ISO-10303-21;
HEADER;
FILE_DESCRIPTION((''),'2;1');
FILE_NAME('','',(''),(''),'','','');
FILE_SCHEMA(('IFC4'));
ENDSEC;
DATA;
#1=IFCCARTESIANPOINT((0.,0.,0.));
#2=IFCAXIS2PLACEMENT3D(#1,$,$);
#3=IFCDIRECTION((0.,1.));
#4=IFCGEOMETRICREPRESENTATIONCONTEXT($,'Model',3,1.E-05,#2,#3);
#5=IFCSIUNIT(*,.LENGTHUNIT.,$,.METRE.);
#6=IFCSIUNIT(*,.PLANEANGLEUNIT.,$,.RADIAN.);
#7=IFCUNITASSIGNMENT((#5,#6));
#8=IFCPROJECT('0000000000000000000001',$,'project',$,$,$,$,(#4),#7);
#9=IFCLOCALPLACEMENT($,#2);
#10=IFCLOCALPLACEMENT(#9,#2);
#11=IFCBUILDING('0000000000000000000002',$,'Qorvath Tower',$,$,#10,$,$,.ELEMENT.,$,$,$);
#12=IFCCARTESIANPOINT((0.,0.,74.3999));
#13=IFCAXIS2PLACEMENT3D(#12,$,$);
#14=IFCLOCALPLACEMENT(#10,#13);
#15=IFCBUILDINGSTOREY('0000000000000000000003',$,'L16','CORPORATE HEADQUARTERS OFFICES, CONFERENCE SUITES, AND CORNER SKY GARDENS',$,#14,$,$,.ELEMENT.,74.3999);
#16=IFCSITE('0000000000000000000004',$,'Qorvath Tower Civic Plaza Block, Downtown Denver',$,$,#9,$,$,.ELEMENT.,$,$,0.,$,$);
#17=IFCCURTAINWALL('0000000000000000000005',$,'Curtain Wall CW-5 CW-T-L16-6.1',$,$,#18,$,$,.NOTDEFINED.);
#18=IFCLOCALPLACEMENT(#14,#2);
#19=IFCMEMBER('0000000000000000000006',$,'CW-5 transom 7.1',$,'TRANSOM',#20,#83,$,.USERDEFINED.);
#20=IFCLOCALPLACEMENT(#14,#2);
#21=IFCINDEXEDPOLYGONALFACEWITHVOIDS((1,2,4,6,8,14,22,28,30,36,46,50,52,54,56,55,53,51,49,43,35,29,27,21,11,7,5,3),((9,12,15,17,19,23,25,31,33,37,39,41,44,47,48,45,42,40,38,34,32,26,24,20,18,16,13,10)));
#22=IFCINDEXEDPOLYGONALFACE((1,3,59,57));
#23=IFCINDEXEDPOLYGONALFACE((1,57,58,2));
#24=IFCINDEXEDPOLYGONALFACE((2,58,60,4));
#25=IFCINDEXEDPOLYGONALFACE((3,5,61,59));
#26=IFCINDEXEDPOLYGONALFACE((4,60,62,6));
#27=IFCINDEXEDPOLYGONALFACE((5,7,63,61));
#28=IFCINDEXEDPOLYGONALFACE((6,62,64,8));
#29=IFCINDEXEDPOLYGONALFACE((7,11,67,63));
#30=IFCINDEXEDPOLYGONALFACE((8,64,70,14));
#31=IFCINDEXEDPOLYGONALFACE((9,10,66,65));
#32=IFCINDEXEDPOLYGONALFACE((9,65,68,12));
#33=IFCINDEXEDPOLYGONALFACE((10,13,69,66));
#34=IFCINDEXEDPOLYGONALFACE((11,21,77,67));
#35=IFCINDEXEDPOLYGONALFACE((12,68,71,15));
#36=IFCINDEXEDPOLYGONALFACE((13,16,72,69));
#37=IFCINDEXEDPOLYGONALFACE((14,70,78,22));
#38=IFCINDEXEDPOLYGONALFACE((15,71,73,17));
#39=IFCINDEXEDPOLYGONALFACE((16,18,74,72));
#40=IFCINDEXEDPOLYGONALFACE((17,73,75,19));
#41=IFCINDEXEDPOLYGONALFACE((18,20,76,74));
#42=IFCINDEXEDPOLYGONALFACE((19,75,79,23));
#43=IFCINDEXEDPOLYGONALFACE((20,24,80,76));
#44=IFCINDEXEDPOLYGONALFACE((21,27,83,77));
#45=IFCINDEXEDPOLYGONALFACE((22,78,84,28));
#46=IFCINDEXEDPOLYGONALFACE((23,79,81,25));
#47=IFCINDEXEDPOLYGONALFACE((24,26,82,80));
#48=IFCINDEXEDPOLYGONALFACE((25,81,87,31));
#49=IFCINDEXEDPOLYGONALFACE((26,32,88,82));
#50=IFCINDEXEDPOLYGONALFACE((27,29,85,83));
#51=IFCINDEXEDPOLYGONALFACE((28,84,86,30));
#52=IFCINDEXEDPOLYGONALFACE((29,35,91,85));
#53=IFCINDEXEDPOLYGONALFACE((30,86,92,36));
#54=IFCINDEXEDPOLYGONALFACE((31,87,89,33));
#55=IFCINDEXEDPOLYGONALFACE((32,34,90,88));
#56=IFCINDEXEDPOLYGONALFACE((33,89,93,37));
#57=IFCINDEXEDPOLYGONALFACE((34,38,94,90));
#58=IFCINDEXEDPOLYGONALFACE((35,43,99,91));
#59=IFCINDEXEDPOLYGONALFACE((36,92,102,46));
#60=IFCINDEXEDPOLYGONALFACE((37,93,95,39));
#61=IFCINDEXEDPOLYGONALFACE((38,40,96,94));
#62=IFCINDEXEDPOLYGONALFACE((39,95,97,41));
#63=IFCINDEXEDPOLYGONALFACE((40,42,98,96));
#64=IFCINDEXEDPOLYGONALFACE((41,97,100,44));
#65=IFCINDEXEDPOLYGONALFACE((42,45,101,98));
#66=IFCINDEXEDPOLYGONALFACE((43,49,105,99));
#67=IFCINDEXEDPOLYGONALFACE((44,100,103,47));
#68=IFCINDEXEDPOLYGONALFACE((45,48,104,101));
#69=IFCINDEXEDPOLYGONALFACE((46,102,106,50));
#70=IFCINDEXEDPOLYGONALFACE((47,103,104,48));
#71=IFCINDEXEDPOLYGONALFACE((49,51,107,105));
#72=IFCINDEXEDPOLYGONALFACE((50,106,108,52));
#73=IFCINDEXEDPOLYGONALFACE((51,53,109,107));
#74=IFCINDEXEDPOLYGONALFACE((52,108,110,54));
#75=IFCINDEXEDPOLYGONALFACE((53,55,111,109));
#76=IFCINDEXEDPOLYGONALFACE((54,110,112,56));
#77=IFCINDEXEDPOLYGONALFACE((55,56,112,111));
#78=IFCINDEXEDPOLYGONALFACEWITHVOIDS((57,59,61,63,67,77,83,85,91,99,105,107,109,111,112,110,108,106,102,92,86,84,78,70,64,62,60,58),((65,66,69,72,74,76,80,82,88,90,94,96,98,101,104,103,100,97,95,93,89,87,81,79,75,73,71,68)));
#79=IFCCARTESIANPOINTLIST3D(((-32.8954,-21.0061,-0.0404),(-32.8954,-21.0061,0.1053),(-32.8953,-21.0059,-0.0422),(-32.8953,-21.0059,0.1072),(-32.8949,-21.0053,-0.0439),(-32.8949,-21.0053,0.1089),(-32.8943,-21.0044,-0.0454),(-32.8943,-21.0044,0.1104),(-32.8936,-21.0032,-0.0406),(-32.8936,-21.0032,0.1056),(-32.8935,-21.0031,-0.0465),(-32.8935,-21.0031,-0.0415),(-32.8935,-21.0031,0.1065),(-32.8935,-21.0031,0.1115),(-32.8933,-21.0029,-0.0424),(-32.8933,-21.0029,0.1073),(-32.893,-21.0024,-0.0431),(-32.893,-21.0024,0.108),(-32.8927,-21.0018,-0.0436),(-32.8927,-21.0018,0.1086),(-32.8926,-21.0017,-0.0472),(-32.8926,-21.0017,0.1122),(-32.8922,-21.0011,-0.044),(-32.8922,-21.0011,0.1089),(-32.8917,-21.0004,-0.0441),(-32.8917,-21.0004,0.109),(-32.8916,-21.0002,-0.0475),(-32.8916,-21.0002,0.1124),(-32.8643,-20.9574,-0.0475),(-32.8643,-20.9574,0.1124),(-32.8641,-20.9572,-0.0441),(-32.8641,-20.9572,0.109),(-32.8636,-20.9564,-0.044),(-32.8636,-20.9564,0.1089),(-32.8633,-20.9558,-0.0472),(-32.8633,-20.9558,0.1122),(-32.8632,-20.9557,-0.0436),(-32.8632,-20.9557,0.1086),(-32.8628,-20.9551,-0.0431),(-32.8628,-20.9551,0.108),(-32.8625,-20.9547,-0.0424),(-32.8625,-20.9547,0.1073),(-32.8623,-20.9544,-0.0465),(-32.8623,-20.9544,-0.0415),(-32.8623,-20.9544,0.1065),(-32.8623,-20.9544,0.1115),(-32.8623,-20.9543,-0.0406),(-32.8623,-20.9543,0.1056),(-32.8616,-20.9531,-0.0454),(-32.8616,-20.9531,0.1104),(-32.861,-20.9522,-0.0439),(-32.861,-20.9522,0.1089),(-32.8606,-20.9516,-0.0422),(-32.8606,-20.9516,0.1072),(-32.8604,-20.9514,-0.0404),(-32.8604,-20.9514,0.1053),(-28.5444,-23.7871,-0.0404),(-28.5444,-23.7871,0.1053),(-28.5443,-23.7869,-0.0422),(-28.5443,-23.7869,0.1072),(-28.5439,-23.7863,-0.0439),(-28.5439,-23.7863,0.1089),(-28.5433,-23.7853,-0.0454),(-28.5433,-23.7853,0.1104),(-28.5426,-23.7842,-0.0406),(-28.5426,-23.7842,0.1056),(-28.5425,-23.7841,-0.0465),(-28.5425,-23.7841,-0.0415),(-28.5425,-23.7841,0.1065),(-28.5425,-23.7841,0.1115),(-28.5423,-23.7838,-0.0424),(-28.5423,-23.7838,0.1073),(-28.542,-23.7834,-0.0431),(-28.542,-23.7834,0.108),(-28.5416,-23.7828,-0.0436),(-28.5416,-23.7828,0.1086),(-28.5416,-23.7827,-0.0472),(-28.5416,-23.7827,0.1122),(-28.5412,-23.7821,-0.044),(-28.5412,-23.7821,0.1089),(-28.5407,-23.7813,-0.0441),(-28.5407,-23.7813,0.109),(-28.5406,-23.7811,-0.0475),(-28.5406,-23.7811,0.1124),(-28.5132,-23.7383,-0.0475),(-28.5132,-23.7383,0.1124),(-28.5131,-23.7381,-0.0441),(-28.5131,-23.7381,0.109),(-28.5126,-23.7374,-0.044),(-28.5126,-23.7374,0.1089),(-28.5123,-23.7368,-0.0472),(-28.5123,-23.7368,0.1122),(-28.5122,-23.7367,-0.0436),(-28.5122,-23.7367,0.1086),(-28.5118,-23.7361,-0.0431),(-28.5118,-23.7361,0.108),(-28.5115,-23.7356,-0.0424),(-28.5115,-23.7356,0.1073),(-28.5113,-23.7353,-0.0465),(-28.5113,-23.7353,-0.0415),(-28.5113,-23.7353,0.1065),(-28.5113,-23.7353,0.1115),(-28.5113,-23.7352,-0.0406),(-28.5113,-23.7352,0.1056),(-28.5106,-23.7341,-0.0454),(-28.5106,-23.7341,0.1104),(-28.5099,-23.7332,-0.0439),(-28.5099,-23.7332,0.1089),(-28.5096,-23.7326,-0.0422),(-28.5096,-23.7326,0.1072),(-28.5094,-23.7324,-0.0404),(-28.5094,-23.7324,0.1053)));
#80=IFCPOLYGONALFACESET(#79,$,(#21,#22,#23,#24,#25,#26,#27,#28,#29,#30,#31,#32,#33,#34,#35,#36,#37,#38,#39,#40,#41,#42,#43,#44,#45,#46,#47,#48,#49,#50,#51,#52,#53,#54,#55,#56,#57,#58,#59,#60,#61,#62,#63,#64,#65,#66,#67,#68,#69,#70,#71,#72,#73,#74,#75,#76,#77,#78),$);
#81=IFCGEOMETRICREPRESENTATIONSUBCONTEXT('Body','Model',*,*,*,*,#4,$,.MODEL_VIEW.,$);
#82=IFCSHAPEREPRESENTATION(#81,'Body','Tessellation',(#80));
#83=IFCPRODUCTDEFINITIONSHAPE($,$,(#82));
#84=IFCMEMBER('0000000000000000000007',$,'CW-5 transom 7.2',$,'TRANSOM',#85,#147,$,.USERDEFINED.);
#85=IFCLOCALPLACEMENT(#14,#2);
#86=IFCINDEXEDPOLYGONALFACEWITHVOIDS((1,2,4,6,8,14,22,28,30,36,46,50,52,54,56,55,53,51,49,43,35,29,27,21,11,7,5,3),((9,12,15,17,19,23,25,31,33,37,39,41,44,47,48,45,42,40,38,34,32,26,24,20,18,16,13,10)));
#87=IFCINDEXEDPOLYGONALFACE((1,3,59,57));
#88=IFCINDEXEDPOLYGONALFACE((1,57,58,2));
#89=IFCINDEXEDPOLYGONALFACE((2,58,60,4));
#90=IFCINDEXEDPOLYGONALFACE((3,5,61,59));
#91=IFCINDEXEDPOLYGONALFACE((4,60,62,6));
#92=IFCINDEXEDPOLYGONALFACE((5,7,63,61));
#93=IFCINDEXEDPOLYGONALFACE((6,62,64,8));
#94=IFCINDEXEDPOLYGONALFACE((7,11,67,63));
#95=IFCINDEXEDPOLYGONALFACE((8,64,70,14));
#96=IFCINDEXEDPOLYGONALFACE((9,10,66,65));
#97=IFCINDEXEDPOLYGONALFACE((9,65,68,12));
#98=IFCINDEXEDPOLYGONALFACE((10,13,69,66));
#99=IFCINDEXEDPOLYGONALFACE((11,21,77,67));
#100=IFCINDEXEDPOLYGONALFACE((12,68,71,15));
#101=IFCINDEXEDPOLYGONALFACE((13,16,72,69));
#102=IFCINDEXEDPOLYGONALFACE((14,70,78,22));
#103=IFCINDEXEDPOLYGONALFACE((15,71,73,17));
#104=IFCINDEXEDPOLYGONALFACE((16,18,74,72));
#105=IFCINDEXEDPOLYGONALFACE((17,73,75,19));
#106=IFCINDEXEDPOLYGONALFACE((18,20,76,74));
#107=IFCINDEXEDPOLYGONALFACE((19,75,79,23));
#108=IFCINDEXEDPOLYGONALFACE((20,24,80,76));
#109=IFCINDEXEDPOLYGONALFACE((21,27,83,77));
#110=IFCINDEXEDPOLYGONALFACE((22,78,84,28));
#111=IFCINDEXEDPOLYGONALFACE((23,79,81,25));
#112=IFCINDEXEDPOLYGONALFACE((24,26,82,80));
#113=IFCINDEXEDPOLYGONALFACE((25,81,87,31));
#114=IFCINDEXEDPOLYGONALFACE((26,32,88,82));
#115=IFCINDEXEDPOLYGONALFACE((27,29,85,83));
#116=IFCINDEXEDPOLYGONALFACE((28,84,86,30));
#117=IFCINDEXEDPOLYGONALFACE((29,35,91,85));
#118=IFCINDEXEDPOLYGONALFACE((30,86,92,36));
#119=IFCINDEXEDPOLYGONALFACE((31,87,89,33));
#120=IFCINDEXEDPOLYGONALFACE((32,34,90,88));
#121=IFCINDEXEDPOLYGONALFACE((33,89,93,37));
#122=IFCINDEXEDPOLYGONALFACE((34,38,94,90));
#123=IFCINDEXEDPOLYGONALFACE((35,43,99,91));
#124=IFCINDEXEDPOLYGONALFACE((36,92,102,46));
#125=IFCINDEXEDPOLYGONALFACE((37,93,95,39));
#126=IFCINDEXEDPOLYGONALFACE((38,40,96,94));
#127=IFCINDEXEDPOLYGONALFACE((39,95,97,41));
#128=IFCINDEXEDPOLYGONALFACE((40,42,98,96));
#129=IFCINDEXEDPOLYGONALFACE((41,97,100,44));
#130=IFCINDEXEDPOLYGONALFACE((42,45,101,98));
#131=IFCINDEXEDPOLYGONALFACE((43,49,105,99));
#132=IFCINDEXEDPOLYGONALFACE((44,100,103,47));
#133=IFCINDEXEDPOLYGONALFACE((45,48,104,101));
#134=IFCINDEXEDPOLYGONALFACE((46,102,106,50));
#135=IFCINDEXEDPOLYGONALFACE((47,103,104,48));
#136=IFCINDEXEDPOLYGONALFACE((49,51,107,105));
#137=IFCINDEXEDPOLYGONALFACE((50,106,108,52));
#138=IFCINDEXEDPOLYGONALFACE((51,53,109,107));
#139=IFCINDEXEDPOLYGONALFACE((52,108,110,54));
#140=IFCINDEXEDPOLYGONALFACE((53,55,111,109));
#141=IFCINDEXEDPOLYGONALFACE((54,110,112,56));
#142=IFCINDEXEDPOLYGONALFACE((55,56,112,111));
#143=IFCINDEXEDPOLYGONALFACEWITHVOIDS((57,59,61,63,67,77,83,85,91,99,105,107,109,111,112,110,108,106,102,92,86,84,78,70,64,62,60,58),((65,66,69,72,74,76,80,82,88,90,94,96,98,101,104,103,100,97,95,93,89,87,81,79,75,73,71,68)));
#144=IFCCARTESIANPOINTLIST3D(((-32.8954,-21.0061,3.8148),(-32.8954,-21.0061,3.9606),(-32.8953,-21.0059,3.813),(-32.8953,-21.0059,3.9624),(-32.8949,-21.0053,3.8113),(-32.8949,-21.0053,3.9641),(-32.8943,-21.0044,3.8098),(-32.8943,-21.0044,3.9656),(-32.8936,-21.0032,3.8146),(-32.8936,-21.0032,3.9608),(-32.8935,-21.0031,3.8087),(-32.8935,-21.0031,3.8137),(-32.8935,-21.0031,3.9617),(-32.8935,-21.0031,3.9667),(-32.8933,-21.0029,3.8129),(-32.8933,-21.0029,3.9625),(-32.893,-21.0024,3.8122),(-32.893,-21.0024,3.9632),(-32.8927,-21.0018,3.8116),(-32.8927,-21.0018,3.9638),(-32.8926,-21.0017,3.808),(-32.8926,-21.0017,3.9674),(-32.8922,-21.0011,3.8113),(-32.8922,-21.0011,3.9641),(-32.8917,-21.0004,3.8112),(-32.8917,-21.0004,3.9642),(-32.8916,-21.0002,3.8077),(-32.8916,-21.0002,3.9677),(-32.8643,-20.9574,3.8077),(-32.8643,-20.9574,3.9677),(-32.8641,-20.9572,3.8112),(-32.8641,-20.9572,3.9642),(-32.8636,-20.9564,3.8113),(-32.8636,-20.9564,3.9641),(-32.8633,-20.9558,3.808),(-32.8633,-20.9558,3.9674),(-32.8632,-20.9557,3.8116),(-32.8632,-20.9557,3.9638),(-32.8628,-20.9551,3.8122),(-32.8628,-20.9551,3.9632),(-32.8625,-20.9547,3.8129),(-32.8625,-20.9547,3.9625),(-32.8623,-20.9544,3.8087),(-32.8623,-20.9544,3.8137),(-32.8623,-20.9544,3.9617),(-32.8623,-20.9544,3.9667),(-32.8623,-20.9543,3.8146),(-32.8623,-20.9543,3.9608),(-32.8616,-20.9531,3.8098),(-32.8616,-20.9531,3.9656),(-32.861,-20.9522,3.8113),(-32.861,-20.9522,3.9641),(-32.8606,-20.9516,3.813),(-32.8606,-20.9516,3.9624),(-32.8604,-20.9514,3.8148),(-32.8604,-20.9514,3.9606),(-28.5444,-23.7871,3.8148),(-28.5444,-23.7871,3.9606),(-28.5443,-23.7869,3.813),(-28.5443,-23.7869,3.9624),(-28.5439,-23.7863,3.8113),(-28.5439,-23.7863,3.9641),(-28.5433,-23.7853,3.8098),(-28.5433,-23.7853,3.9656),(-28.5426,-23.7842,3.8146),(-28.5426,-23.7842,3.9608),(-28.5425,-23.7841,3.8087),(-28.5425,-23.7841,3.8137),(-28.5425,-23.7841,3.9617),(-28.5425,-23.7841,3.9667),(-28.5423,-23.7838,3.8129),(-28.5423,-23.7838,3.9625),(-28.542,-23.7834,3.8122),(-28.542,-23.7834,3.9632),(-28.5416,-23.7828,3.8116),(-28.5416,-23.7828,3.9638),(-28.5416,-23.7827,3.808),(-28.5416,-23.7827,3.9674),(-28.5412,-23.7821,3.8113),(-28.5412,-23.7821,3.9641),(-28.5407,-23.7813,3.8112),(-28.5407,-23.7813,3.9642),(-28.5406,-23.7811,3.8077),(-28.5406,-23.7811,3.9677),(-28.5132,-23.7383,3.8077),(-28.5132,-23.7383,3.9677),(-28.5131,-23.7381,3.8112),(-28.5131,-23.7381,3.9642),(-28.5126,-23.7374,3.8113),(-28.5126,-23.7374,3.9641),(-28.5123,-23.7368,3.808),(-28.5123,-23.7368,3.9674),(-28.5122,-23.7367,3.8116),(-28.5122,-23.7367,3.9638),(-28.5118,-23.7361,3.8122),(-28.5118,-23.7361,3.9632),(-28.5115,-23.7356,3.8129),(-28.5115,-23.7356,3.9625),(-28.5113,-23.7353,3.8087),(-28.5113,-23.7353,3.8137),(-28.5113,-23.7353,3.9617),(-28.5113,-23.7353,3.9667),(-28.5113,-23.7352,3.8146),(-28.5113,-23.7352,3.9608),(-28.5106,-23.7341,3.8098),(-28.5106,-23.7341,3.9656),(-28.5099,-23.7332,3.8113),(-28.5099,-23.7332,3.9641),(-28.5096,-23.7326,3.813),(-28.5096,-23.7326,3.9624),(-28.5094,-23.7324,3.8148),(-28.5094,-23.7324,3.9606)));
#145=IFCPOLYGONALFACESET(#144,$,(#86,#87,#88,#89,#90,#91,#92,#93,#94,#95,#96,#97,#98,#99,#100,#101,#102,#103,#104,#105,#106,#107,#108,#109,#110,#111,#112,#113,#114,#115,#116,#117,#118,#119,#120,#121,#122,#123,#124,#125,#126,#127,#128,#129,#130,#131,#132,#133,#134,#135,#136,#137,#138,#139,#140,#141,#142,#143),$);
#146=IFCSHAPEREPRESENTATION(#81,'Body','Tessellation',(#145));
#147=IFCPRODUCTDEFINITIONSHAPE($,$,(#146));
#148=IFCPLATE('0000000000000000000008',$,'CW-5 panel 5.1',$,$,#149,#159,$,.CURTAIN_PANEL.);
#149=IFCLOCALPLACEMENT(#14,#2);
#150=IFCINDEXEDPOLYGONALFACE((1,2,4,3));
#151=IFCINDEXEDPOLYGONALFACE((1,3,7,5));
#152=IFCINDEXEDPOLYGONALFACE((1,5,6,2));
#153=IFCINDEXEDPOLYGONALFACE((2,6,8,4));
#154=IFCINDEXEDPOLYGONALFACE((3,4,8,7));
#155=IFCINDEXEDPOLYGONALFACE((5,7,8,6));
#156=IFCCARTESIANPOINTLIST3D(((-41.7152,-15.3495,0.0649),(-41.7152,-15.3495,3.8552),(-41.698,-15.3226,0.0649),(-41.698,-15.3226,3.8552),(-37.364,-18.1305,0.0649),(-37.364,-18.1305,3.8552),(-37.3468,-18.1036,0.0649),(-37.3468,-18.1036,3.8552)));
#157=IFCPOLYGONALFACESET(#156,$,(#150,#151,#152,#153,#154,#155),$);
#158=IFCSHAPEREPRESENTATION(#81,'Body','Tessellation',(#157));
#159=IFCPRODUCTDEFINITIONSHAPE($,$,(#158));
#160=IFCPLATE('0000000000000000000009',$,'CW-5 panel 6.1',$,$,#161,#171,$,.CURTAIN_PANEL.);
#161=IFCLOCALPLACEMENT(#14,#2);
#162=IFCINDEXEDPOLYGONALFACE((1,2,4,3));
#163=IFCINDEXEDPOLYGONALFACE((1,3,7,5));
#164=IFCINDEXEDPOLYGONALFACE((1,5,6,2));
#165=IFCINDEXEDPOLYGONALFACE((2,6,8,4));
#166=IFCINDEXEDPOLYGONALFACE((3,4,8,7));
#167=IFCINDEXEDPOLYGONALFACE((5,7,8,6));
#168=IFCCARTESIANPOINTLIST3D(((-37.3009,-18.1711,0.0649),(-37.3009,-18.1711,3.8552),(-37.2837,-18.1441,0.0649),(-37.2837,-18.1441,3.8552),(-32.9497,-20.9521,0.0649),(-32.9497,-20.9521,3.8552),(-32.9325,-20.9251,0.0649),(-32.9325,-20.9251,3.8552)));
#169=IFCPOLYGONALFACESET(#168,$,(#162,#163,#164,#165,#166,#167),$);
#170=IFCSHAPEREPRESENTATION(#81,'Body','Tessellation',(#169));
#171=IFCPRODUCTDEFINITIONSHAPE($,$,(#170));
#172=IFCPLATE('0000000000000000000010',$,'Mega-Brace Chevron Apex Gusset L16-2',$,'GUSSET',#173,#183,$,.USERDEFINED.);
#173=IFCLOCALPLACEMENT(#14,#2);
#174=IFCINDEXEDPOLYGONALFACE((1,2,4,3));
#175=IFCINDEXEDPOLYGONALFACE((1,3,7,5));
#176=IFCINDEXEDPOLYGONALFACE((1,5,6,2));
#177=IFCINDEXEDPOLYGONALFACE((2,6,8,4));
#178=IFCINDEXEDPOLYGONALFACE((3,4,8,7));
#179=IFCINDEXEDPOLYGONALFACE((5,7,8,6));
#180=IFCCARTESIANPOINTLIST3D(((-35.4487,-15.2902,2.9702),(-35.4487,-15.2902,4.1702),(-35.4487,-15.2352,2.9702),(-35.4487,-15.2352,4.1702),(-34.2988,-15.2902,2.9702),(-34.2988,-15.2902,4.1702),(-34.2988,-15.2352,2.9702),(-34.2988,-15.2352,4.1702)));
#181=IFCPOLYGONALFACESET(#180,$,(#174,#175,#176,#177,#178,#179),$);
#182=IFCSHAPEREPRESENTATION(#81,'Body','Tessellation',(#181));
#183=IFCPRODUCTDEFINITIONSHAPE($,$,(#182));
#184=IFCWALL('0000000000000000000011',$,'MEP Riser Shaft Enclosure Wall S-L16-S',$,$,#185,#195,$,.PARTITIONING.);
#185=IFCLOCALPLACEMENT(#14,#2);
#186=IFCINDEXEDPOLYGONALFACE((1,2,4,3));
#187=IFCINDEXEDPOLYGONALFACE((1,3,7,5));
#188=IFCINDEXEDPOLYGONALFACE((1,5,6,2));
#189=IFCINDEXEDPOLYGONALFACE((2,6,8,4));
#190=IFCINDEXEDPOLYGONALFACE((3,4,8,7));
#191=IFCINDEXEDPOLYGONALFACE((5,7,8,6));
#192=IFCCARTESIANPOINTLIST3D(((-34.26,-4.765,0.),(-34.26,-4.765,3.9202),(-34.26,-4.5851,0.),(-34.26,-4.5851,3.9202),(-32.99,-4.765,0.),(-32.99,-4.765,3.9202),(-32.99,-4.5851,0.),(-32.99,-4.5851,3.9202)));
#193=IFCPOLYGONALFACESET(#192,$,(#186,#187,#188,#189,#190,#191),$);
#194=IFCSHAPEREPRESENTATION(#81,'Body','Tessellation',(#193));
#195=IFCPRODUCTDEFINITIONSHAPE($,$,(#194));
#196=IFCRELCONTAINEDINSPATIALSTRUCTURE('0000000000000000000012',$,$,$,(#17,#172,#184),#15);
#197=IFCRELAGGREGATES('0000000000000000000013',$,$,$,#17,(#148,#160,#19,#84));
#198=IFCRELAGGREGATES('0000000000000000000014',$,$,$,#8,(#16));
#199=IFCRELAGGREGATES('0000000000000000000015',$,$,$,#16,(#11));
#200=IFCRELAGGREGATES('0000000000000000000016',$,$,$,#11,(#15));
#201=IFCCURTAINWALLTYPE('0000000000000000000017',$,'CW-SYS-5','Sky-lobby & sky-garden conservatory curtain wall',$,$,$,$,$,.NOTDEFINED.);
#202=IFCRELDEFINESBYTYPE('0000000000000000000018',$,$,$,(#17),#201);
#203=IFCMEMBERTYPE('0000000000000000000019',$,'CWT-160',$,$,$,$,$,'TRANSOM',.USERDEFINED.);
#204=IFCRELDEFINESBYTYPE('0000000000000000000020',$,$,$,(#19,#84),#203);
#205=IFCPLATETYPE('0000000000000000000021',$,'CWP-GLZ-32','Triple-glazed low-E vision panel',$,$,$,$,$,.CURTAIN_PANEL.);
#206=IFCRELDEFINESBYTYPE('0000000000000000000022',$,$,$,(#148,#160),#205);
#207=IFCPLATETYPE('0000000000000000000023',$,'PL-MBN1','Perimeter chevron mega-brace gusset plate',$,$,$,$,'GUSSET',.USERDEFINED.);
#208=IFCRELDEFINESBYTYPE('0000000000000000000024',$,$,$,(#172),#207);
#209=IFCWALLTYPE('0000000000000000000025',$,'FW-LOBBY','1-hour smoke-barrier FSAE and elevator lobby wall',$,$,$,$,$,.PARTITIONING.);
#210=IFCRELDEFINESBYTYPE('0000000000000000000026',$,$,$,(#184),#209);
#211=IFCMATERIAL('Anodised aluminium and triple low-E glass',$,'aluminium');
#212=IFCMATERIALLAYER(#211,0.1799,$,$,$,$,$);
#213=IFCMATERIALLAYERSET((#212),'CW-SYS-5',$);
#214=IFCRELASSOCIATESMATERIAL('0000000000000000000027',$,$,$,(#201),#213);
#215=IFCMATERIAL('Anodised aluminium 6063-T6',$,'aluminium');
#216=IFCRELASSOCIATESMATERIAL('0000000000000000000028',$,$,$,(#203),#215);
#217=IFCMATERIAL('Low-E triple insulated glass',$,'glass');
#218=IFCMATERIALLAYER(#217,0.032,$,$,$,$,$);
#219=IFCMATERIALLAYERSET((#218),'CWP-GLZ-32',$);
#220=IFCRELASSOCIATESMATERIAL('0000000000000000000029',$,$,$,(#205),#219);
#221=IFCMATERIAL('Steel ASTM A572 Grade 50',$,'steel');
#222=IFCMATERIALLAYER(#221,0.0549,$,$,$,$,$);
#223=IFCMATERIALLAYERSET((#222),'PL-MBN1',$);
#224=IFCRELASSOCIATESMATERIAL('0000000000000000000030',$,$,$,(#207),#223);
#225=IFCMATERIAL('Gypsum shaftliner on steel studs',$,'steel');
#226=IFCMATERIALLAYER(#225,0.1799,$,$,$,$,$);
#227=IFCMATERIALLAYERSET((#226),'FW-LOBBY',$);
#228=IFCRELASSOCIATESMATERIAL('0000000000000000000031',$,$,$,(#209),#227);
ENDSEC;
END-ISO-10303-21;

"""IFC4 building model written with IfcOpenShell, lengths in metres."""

from ifc_helpers import new_model, si_unit, direction, frame, frame_2d, origin, origin_2d, place, context, subcontext, project, spatial, rectangle, hollow_rectangle, extrude, material, layer, layer_set, material_profile, profile_set, type_object, element, aggregate, save


model = new_model("IFC4")

# Units and contexts
model_context = context("Model", 3, precision=1e-05, world=origin(), true_north=direction((0.0, 1.0)))
body_context = subcontext(model_context, "Body", "Model", "MODEL_VIEW")
ifc_project = project(units=[si_unit("LENGTHUNIT", "METRE"), si_unit("PLANEANGLEUNIT", "RADIAN")], contexts=[model_context])

# Site, building, storey
site_placement = place(None, origin())
site = spatial("IfcSite", under=ifc_project, at=site_placement, Name="Qorvath Tower Civic Plaza Block, Downtown Denver", CompositionType="ELEMENT", RefElevation=0.0)
building_placement = place(site_placement, origin())
building = spatial("IfcBuilding", under=site, at=building_placement, Name="Qorvath Tower", CompositionType="ELEMENT")
storey_placement = place(building_placement, frame((0.0, 0.0, 74.3999)))
storey = spatial("IfcBuildingStorey", under=building, at=storey_placement, Name="L16", Description="CORPORATE HEADQUARTERS OFFICES, CONFERENCE SUITES, AND CORNER SKY GARDENS", CompositionType="ELEMENT", Elevation=74.3999)

# Curtain wall, members, plates
ifc_material_1 = material(Name="Anodised aluminium and triple low-E glass", Category="aluminium")
ifc_layer_1 = layer(ifc_material_1, 0.1799)
ifc_layer_set_1 = layer_set([ifc_layer_1], Name="CW-SYS-5")
curtain_wall_type = type_object("IfcCurtainWallType", Name="CW-SYS-5", Description="Sky-lobby & sky-garden conservatory curtain wall", PredefinedType="NOTDEFINED", material=ifc_layer_set_1)
curtain_wall_placement = place(storey_placement, origin())
curtain_wall = element("IfcCurtainWall", 1, at=curtain_wall_placement, inside=storey, type_object=curtain_wall_type, Name="Curtain Wall CW-5 CW-T-L16-6.1", PredefinedType="NOTDEFINED")
ifc_material_2 = material(Name="Anodised aluminium 6063-T6", Category="aluminium")
ifc_material_profile_1 = material_profile(ifc_material_2, hollow_rectangle(XDim=0.0649, YDim=0.1599, WallThickness=0.0034, InnerFilletRadius=0.0034, OuterFilletRadius=0.0071, at=origin_2d()), Name="CWT 160x65")
ifc_profile_set_1 = profile_set([ifc_material_profile_1], Name="Anodised aluminium 6063-T6")
member_type_1 = type_object("IfcMemberType", Name="CWT-160", ElementType="TRANSOM", PredefinedType="USERDEFINED", material=ifc_profile_set_1)
member_1_placement = place(storey_placement, frame((-32.8779, -20.9788, 0.0325), z_axis=(0.842595, -0.538548, 0.0), x_axis=(0.538548, 0.842595, 0.0)))
member_1 = element("IfcMember", 2, at=member_1_placement, type_object=member_type_1, Name="CW-5 transom 7.1", ObjectType="TRANSOM", PredefinedType="USERDEFINED", context=body_context, shape_type="SweptSolid", body=[
    extrude(hollow_rectangle(XDim=0.0649, YDim=0.1599, WallThickness=0.0034, InnerFilletRadius=0.0034, OuterFilletRadius=0.0071, at=origin_2d()), origin(), (0.0, 0.0, 1.0), 5.1638),
])
member_2_placement = place(storey_placement, frame((-32.8779, -20.9788, 3.8877), z_axis=(0.842595, -0.538548, 0.0), x_axis=(0.538548, 0.842595, 0.0)))
member_2 = element("IfcMember", 3, at=member_2_placement, type_object=member_type_1, Name="CW-5 transom 7.2", ObjectType="TRANSOM", PredefinedType="USERDEFINED", context=body_context, shape_type="SweptSolid", body=[
    extrude(hollow_rectangle(XDim=0.0649, YDim=0.1599, WallThickness=0.0034, InnerFilletRadius=0.0034, OuterFilletRadius=0.0071, at=origin_2d()), origin(), (0.0, 0.0, 1.0), 5.1638),
])
ifc_material_3 = material(Name="Low-E triple insulated glass", Category="glass")
ifc_layer_2 = layer(ifc_material_3, 0.032)
ifc_layer_set_2 = layer_set([ifc_layer_2], Name="CWP-GLZ-32")
plate_type_1 = type_object("IfcPlateType", Name="CWP-GLZ-32", Description="Triple-glazed low-E vision panel", PredefinedType="CURTAIN_PANEL", material=ifc_layer_set_2)
plate_1_placement = place(storey_placement, frame((-39.531, -16.7266, 0.0649), z_axis=(0.0, 0.0, 1.0), x_axis=(0.842604, -0.538533, 0.0)))
plate_1 = element("IfcPlate", 4, at=plate_1_placement, type_object=plate_type_1, Name="CW-5 panel 5.1", PredefinedType="CURTAIN_PANEL", context=body_context, shape_type="SweptSolid", body=[
    extrude(rectangle(XDim=5.1641, YDim=0.032, at=origin_2d()), origin(), (0.0, 0.0, 1.0), 3.7903),
])
plate_2_placement = place(storey_placement, frame((-35.1167, -19.5481, 0.0649), z_axis=(0.0, 0.0, 1.0), x_axis=(0.842604, -0.538533, 0.0)))
plate_2 = element("IfcPlate", 5, at=plate_2_placement, type_object=plate_type_1, Name="CW-5 panel 6.1", PredefinedType="CURTAIN_PANEL", context=body_context, shape_type="SweptSolid", body=[
    extrude(rectangle(XDim=5.1641, YDim=0.032, at=origin_2d()), origin(), (0.0, 0.0, 1.0), 3.7903),
])
aggregate(curtain_wall, [plate_1, plate_2, member_1, member_2])

# Plate
ifc_material_4 = material(Name="Steel ASTM A572 Grade 50", Category="steel")
ifc_layer_3 = layer(ifc_material_4, 0.0549)
ifc_layer_set_3 = layer_set([ifc_layer_3], Name="PL-MBN1")
plate_type_2 = type_object("IfcPlateType", Name="PL-MBN1", Description="Perimeter chevron mega-brace gusset plate", ElementType="GUSSET", PredefinedType="USERDEFINED", material=ifc_layer_set_3)
plate_3_placement = place(storey_placement, frame((-34.8738, -15.2627, 2.9702), z_axis=(0.0, 0.0, 1.0), x_axis=(1.0, 0.0, 0.0)))
element("IfcPlate", 6, at=plate_3_placement, inside=storey, type_object=plate_type_2, Name="Mega-Brace Chevron Apex Gusset L16-2", ObjectType="GUSSET", PredefinedType="USERDEFINED", context=body_context, shape_type="SweptSolid", body=[
    extrude(rectangle(XDim=1.1499, YDim=0.0549, at=origin_2d()), origin(), (0.0, 0.0, 1.0), 1.2),
])

# Wall
ifc_material_5 = material(Name="Gypsum shaftliner on steel studs", Category="steel")
ifc_layer_4 = layer(ifc_material_5, 0.1799)
ifc_layer_set_4 = layer_set([ifc_layer_4], Name="FW-LOBBY")
wall_type_1 = type_object("IfcWallType", Name="FW-LOBBY", Description="1-hour smoke-barrier FSAE and elevator lobby wall", PredefinedType="PARTITIONING", material=ifc_layer_set_4)
for number, where, z_axis, x_axis, name in (
    (7, (-32.99, -4.675, 0.0), (0.0, 0.0, 1.0), (-1.0, 0.0, 0.0), "MEP Riser Shaft Enclosure Wall S-L16-S"),
):
    element("IfcWall", number, at=place(storey_placement, frame(where, z_axis=z_axis, x_axis=x_axis)), inside=storey, type_object=wall_type_1, Name=name, PredefinedType="PARTITIONING", context=body_context, shape_type="SweptSolid", body=[
        extrude(rectangle(XDim=1.27, YDim=0.1799, at=frame_2d((0.635, 0.0))), origin(), (0.0, 0.0, 1.0), 3.9202),
    ])

save(model, "model.ifc")
